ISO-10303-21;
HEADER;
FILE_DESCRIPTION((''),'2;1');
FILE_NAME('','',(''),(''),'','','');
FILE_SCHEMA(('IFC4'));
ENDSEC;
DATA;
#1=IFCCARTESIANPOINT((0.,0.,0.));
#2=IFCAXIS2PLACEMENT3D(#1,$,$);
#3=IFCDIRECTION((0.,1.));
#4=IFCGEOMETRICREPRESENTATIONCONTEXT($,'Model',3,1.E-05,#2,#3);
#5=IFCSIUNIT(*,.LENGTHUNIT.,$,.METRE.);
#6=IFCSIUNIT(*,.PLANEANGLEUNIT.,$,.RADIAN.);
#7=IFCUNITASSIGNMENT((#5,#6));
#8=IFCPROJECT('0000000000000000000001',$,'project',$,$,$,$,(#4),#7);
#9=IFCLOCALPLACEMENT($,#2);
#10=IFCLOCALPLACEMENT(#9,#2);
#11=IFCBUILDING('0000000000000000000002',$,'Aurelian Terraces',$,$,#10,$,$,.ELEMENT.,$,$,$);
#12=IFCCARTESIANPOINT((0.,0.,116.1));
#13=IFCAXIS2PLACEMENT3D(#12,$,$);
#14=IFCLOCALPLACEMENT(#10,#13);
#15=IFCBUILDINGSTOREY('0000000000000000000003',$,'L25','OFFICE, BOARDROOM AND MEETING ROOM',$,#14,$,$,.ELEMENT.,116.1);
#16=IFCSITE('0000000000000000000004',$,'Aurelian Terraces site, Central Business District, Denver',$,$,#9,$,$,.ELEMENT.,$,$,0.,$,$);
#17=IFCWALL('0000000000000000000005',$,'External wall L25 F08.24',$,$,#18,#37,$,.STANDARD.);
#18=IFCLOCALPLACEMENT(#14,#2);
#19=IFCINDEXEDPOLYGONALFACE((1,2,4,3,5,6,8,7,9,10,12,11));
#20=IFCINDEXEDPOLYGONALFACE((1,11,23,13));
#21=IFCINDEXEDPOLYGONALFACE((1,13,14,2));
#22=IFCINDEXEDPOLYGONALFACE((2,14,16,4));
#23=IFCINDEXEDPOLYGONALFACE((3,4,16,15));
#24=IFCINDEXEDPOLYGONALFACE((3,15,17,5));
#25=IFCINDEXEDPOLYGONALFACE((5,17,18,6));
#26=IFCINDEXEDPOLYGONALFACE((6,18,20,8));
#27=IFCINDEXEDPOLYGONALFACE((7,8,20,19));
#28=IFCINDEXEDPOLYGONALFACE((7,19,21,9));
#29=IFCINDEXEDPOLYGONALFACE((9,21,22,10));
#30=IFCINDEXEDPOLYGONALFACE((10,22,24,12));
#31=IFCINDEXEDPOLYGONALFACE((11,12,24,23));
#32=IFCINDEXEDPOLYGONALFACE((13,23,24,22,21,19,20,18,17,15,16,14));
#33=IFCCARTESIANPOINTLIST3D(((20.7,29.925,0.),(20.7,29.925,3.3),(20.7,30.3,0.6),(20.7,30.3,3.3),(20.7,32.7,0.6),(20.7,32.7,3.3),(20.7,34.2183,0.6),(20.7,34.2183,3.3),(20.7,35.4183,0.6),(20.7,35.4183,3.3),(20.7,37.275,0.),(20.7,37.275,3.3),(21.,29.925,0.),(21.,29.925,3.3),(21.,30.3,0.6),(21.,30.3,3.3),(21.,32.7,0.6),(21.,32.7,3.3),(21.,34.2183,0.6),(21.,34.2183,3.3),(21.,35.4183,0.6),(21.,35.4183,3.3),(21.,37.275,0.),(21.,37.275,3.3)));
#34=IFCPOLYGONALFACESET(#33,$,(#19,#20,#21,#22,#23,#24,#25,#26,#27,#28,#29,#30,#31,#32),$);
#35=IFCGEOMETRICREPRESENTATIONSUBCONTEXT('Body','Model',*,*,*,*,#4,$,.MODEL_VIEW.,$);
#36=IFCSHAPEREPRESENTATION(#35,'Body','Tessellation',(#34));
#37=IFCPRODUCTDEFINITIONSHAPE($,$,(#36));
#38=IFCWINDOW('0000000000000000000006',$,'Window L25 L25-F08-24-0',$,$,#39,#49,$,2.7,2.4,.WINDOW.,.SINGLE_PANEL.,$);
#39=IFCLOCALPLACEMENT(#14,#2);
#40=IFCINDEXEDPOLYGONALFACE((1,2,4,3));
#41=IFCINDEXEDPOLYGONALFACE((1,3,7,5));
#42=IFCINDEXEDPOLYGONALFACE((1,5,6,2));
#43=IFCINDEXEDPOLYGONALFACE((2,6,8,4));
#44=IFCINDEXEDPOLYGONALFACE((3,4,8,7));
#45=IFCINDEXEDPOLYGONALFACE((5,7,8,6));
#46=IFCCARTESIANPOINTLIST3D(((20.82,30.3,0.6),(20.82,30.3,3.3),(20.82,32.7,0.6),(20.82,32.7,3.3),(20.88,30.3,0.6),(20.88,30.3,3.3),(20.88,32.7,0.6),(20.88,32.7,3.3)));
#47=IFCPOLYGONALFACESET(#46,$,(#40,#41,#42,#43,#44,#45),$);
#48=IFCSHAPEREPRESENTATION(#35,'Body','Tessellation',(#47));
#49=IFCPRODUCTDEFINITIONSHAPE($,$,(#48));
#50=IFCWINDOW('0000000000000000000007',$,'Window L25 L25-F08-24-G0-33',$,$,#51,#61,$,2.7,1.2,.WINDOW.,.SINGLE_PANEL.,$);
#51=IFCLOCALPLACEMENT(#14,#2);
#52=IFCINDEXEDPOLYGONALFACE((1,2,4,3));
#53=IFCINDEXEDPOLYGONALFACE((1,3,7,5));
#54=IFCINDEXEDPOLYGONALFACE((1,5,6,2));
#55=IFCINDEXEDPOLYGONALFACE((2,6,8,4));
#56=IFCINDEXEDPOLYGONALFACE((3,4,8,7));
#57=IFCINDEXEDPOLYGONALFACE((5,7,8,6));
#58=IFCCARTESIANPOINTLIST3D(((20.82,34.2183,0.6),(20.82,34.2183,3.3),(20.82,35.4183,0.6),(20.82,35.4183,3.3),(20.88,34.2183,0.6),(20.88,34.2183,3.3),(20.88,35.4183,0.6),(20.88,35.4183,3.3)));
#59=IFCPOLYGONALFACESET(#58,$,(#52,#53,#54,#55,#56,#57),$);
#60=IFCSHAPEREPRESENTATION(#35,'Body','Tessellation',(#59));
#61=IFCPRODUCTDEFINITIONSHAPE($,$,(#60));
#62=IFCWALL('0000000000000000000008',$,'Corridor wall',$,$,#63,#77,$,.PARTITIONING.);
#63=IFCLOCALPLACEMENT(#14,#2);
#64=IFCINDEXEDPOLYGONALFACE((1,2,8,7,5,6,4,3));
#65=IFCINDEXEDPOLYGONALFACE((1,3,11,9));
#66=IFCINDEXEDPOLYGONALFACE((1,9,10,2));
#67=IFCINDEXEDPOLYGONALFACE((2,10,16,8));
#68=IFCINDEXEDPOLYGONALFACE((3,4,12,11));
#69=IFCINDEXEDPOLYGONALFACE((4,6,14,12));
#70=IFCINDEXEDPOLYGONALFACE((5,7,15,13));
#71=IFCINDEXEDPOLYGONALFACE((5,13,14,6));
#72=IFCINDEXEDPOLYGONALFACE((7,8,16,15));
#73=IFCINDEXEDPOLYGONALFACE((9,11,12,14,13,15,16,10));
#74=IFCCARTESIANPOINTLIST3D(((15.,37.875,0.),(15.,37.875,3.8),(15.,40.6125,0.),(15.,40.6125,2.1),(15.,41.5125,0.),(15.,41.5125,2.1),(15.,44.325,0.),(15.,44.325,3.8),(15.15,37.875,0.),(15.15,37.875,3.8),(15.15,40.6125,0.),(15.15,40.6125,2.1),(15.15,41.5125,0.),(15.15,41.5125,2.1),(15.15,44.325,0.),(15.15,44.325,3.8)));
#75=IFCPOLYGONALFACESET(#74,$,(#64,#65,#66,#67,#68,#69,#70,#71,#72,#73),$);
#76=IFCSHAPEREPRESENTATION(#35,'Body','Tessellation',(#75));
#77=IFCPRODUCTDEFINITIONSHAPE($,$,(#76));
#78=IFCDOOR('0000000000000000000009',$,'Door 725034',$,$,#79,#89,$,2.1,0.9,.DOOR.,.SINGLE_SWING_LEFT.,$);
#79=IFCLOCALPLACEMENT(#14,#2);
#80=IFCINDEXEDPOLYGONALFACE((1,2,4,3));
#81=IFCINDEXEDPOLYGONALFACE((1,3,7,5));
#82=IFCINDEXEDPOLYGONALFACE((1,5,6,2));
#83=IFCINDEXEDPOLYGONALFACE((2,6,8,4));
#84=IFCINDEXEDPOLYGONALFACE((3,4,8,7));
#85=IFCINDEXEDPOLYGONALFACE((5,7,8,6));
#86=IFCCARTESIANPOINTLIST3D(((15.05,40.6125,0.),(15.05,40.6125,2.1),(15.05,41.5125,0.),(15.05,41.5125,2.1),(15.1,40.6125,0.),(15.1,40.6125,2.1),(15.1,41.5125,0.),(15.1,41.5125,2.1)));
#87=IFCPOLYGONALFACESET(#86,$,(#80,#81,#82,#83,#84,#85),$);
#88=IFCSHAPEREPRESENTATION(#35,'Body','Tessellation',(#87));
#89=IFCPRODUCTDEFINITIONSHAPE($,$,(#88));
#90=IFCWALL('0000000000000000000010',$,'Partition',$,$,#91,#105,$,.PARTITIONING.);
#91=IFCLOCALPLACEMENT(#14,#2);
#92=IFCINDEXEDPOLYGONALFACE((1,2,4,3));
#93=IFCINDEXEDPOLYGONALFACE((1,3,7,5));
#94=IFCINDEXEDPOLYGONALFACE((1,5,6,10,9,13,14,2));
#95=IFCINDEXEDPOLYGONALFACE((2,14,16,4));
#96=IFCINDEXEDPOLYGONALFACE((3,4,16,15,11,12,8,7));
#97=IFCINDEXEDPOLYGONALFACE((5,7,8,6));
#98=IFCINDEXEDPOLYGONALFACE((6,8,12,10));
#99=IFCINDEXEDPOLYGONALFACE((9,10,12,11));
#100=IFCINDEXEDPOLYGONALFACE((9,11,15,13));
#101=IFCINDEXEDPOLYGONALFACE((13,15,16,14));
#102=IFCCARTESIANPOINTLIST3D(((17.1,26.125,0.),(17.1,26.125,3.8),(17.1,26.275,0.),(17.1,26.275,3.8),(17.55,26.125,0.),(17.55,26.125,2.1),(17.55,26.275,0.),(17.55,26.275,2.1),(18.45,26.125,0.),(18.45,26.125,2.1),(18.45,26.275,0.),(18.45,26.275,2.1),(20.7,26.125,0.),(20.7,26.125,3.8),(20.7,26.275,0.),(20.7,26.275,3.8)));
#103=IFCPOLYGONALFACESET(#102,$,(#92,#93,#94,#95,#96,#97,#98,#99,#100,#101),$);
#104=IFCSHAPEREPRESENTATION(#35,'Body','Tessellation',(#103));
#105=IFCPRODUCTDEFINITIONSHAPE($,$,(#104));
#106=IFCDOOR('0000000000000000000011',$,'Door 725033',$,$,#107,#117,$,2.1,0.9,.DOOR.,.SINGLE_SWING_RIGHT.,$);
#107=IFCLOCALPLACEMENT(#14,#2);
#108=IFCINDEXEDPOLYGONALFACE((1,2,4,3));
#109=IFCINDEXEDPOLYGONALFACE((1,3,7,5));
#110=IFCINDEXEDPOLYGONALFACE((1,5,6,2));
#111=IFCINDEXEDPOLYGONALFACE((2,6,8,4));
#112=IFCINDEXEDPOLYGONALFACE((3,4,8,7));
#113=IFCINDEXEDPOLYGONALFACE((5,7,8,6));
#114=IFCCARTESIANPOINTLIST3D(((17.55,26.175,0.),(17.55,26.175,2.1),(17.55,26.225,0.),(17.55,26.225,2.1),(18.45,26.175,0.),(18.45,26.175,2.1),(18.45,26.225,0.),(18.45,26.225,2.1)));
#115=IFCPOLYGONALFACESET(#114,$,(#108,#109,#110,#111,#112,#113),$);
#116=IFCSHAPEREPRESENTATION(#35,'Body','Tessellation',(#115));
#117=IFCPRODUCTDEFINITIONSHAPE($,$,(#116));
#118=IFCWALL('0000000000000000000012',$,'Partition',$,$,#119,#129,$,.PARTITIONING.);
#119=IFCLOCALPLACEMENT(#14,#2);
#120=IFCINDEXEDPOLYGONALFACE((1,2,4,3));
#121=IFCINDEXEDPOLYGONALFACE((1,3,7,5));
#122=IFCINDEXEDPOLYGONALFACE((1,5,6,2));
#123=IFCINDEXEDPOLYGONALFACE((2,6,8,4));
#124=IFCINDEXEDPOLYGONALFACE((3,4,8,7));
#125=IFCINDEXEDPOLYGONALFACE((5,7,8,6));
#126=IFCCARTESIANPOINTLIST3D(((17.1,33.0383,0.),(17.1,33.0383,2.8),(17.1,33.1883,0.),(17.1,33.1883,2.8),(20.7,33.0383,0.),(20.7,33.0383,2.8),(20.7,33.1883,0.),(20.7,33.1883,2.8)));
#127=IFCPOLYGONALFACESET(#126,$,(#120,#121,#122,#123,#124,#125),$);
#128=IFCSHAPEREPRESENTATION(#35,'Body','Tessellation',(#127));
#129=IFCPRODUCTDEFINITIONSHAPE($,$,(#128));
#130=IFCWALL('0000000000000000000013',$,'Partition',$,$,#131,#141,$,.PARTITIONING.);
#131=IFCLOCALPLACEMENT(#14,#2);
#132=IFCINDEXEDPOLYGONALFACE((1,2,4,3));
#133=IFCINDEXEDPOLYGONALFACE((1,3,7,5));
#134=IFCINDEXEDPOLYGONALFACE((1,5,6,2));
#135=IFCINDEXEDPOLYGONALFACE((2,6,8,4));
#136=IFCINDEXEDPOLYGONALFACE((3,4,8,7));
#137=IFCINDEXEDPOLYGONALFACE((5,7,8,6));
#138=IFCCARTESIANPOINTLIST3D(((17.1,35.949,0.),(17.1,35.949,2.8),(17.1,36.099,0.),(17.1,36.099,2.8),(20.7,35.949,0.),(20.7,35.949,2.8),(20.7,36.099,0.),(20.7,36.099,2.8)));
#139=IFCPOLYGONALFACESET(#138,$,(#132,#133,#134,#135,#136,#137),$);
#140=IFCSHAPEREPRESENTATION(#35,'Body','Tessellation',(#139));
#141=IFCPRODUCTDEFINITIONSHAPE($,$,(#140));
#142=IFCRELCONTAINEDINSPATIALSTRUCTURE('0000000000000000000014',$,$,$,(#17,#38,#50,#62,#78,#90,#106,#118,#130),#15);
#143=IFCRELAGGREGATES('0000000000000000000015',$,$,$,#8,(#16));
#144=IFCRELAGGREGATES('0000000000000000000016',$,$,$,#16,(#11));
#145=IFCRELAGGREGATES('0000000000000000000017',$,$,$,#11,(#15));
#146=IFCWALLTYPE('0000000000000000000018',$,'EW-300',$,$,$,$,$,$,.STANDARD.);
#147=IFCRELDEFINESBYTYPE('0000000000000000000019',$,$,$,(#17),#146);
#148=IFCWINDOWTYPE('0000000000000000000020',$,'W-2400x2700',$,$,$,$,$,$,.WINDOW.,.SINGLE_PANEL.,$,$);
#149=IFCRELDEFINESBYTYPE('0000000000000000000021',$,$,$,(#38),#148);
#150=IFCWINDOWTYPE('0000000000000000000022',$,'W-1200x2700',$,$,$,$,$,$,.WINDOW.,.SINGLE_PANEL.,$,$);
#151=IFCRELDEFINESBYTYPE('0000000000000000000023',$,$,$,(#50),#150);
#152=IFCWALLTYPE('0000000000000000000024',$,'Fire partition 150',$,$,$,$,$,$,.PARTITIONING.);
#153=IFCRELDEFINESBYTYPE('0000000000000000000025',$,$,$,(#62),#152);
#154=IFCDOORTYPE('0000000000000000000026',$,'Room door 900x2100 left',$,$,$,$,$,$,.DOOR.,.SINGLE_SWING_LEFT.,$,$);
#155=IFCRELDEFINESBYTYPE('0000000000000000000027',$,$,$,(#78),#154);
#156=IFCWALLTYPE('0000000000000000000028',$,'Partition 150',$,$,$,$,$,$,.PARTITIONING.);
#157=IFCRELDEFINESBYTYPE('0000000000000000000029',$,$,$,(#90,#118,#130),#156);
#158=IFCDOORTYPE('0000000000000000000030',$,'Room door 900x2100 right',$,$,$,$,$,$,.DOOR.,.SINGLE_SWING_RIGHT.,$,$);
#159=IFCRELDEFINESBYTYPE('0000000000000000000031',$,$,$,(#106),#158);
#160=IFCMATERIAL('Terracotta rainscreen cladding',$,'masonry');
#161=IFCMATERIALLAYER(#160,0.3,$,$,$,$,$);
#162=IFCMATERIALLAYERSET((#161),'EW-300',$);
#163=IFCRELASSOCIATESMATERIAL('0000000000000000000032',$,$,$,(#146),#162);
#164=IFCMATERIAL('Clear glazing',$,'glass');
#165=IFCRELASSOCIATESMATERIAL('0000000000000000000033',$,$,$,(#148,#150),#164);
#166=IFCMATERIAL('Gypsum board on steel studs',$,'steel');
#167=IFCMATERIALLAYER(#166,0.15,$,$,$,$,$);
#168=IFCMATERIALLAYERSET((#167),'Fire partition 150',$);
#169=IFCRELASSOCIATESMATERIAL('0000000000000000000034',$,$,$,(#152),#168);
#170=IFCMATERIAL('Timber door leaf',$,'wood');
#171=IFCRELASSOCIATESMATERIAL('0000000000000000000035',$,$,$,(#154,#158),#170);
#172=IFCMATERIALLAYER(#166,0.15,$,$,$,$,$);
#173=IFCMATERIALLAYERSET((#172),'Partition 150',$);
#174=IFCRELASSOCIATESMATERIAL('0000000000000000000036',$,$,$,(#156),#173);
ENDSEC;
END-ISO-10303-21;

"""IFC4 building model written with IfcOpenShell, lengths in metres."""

from ifc_helpers import new_model, si_unit, direction, frame, frame_2d, origin, place, context, subcontext, project, spatial, rectangle, extrude, source, transform, mapped, material, layer, layer_set, type_object, element, fill, save


model = new_model("IFC4")

# Units and contexts
model_context = context("Model", 3, precision=1e-05, world=origin(), true_north=direction((0.0, 1.0)))
body_context = subcontext(model_context, "Body", "Model", "MODEL_VIEW")
ifc_project = project(units=[si_unit("LENGTHUNIT", "METRE"), si_unit("PLANEANGLEUNIT", "RADIAN")], contexts=[model_context])

# Site, building, storey
site_placement = place(None, origin())
site = spatial("IfcSite", under=ifc_project, at=site_placement, Name="Aurelian Terraces site, Central Business District, Denver", CompositionType="ELEMENT", RefElevation=0.0)
building_placement = place(site_placement, origin())
building = spatial("IfcBuilding", under=site, at=building_placement, Name="Aurelian Terraces", CompositionType="ELEMENT")
storey_placement = place(building_placement, frame((0.0, 0.0, 116.1)))
storey = spatial("IfcBuildingStorey", under=building, at=storey_placement, Name="L25", Description="OFFICE, BOARDROOM AND MEETING ROOM", CompositionType="ELEMENT", Elevation=116.1)

# Wall, openings, windows
ifc_material_1 = material(Name="Terracotta rainscreen cladding", Category="masonry")
ifc_layer_1 = layer(ifc_material_1, 0.3)
ifc_layer_set_1 = layer_set([ifc_layer_1], Name="EW-300")
wall_type_1 = type_object("IfcWallType", Name="EW-300", PredefinedType="STANDARD", material=ifc_layer_set_1)
shared_shape_1 = source(origin(), body_context, "Body", "SweptSolid", [
    extrude(rectangle(XDim=1.2, YDim=2.7, at=frame_2d((0.6, 1.35))), frame((0.0, 0.16, 0.0), z_axis=(0.0, -1.0, 0.0), x_axis=(1.0, 0.0, 0.0)), (0.0, 0.0, 1.0), 0.32),
])
shared_shape_2 = source(origin(), body_context, "Body", "SweptSolid", [
    extrude(rectangle(XDim=2.4, YDim=2.7, at=frame_2d((1.2, 1.35))), frame((0.0, 0.16, 0.0), z_axis=(0.0, -1.0, 0.0), x_axis=(1.0, 0.0, 0.0)), (0.0, 0.0, 1.0), 0.32),
])
ifc_material_2 = material(Name="Clear glazing", Category="glass")
window_type_1 = type_object("IfcWindowType", Name="W-2400x2700", PartitioningType="SINGLE_PANEL", PredefinedType="WINDOW", material=ifc_material_2)
shared_shape_3 = source(origin(), body_context, "Body", "SweptSolid", [
    extrude(rectangle(XDim=2.4, YDim=2.7, at=frame_2d((1.2, 1.35))), frame((0.0, 0.03, 0.0), z_axis=(0.0, -1.0, 0.0), x_axis=(1.0, 0.0, 0.0)), (0.0, 0.0, 1.0), 0.06),
])
window_type_2 = type_object("IfcWindowType", Name="W-1200x2700", PartitioningType="SINGLE_PANEL", PredefinedType="WINDOW", material=ifc_material_2)
shared_shape_4 = source(origin(), body_context, "Body", "SweptSolid", [
    extrude(rectangle(XDim=1.2, YDim=2.7, at=frame_2d((0.6, 1.35))), frame((0.0, 0.03, 0.0), z_axis=(0.0, -1.0, 0.0), x_axis=(1.0, 0.0, 0.0)), (0.0, 0.0, 1.0), 0.06),
])
shared_shape_5 = source(origin(), body_context, "Body", "SweptSolid", [
    extrude(rectangle(XDim=7.35, YDim=0.3, at=frame_2d((3.675, 0.0))), origin(), (0.0, 0.0, 1.0), 3.3),
])
wall_1_placement = place(storey_placement, frame((20.85, 29.925, 0.0), z_axis=(0.0, 0.0, 1.0), x_axis=(0.0, 1.0, 0.0)))
wall_1 = element("IfcWall", 1, at=wall_1_placement, inside=storey, type_object=wall_type_1, Name="External wall L25 F08.24", PredefinedType="STANDARD", context=body_context, shape_type="MappedRepresentation", body=[
    mapped(shared_shape_5, transform((0.0, 0.0, 0.0), scale=1.0)),
])
opening_1_placement = place(wall_1_placement, frame((0.375, 0.0, 0.6)))
opening_1 = element("IfcOpeningElement", 2, at=opening_1_placement, cuts=wall_1, PredefinedType="OPENING", context=body_context, shape_type="MappedRepresentation", body=[
    mapped(shared_shape_2, transform((0.0, 0.0, 0.0), scale=1.0)),
])
opening_2_placement = place(wall_1_placement, frame((4.2933, 0.0, 0.6)))
opening_2 = element("IfcOpeningElement", 3, at=opening_2_placement, cuts=wall_1, PredefinedType="OPENING", context=body_context, shape_type="MappedRepresentation", body=[
    mapped(shared_shape_1, transform((0.0, 0.0, 0.0), scale=1.0)),
])
window_1_placement = place(opening_1_placement, origin())
window_1 = element("IfcWindow", 4, at=window_1_placement, inside=storey, type_object=window_type_1, Name="Window L25 L25-F08-24-0", OverallHeight=2.7, OverallWidth=2.4, PartitioningType="SINGLE_PANEL", PredefinedType="WINDOW", context=body_context, shape_type="MappedRepresentation", body=[
    mapped(shared_shape_3, transform((0.0, 0.0, 0.0), scale=1.0)),
])
fill(opening_1, window_1)
window_2_placement = place(opening_2_placement, origin())
window_2 = element("IfcWindow", 5, at=window_2_placement, inside=storey, type_object=window_type_2, Name="Window L25 L25-F08-24-G0-33", OverallHeight=2.7, OverallWidth=1.2, PartitioningType="SINGLE_PANEL", PredefinedType="WINDOW", context=body_context, shape_type="MappedRepresentation", body=[
    mapped(shared_shape_4, transform((0.0, 0.0, 0.0), scale=1.0)),
])
fill(opening_2, window_2)

# Walls, openings, doors
ifc_material_3 = material(Name="Gypsum board on steel studs", Category="steel")
ifc_layer_2 = layer(ifc_material_3, 0.15)
ifc_layer_set_2 = layer_set([ifc_layer_2], Name="Fire partition 150")
wall_type_2 = type_object("IfcWallType", Name="Fire partition 150", PredefinedType="PARTITIONING", material=ifc_layer_set_2)
shared_shape_6 = source(origin(), body_context, "Body", "SweptSolid", [
    extrude(rectangle(XDim=6.45, YDim=0.15, at=frame_2d((3.225, 0.0))), origin(), (0.0, 0.0, 1.0), 3.8),
])
wall_2_placement = place(storey_placement, frame((15.075, 37.875, 0.0), z_axis=(0.0, 0.0, 1.0), x_axis=(0.0, 1.0, 0.0)))
wall_2 = element("IfcWall", 6, at=wall_2_placement, inside=storey, type_object=wall_type_2, Name="Corridor wall", PredefinedType="PARTITIONING", context=body_context, shape_type="MappedRepresentation", body=[
    mapped(shared_shape_6, transform((0.0, 0.0, 0.0), scale=1.0)),
])
shared_shape_7 = source(origin(), body_context, "Body", "SweptSolid", [
    extrude(rectangle(XDim=0.9, YDim=2.1, at=frame_2d((0.45, 1.05))), frame((0.0, 0.085, 0.0), z_axis=(0.0, -1.0, 0.0), x_axis=(1.0, 0.0, 0.0)), (0.0, 0.0, 1.0), 0.17),
])
opening_3_placement = place(wall_2_placement, frame((2.7375, 0.0, 0.0)))
opening_3 = element("IfcOpeningElement", 7, at=opening_3_placement, cuts=wall_2, PredefinedType="OPENING", context=body_context, shape_type="MappedRepresentation", body=[
    mapped(shared_shape_7, transform((0.0, 0.0, 0.0), scale=1.0)),
])
ifc_material_4 = material(Name="Timber door leaf", Category="wood")
door_type_1 = type_object("IfcDoorType", Name="Room door 900x2100 left", OperationType="SINGLE_SWING_LEFT", PredefinedType="DOOR", material=ifc_material_4)
shared_shape_8 = source(origin(), body_context, "Body", "SweptSolid", [
    extrude(rectangle(XDim=0.9, YDim=2.1, at=frame_2d((0.45, 1.05))), frame((0.0, 0.025, 0.0), z_axis=(0.0, -1.0, 0.0), x_axis=(1.0, 0.0, 0.0)), (0.0, 0.0, 1.0), 0.05),
])
door_1_placement = place(opening_3_placement, origin())
door_1 = element("IfcDoor", 8, at=door_1_placement, inside=storey, type_object=door_type_1, Name="Door 725034", OperationType="SINGLE_SWING_LEFT", OverallHeight=2.1, OverallWidth=0.9, PredefinedType="DOOR", context=body_context, shape_type="MappedRepresentation", body=[
    mapped(shared_shape_8, transform((0.0, 0.0, 0.0), scale=1.0)),
])
fill(opening_3, door_1)
ifc_layer_3 = layer(ifc_material_3, 0.15)
ifc_layer_set_3 = layer_set([ifc_layer_3], Name="Partition 150")
wall_type_3 = type_object("IfcWallType", Name="Partition 150", PredefinedType="PARTITIONING", material=ifc_layer_set_3)
shared_shape_9 = source(origin(), body_context, "Body", "SweptSolid", [
    extrude(rectangle(XDim=3.6, YDim=0.15, at=frame_2d((1.8, 0.0))), origin(), (0.0, 0.0, 1.0), 3.8),
])
wall_3_placement = place(storey_placement, frame((17.1, 26.2, 0.0), z_axis=(0.0, 0.0, 1.0), x_axis=(1.0, 0.0, 0.0)))
wall_3 = element("IfcWall", 9, at=wall_3_placement, inside=storey, type_object=wall_type_3, Name="Partition", PredefinedType="PARTITIONING", context=body_context, shape_type="MappedRepresentation", body=[
    mapped(shared_shape_9, transform((0.0, 0.0, 0.0), scale=1.0)),
])
opening_4_placement = place(wall_3_placement, frame((0.45, 0.0, 0.0)))
opening_4 = element("IfcOpeningElement", 10, at=opening_4_placement, cuts=wall_3, PredefinedType="OPENING", context=body_context, shape_type="MappedRepresentation", body=[
    mapped(shared_shape_7, transform((0.0, 0.0, 0.0), scale=1.0)),
])
door_type_2 = type_object("IfcDoorType", Name="Room door 900x2100 right", OperationType="SINGLE_SWING_RIGHT", PredefinedType="DOOR", material=ifc_material_4)
door_2_placement = place(opening_4_placement, origin())
door_2 = element("IfcDoor", 11, at=door_2_placement, inside=storey, type_object=door_type_2, Name="Door 725033", OperationType="SINGLE_SWING_RIGHT", OverallHeight=2.1, OverallWidth=0.9, PredefinedType="DOOR", context=body_context, shape_type="MappedRepresentation", body=[
    mapped(shared_shape_8, transform((0.0, 0.0, 0.0), scale=1.0)),
])
fill(opening_4, door_2)

# Walls
shared_shape_10 = source(origin(), body_context, "Body", "SweptSolid", [
    extrude(rectangle(XDim=3.6, YDim=0.15, at=frame_2d((1.8, 0.0))), origin(), (0.0, 0.0, 1.0), 2.8),
])
for number, where, z_axis, x_axis, name in (
    (12, (17.1, 33.1133, 0.0), (0.0, 0.0, 1.0), (1.0, 0.0, 0.0), "Partition"),
    (13, (17.1, 36.024, 0.0), (0.0, 0.0, 1.0), (1.0, 0.0, 0.0), "Partition"),
):
    element("IfcWall", number, at=place(storey_placement, frame(where, z_axis=z_axis, x_axis=x_axis)), inside=storey, type_object=wall_type_3, Name=name, PredefinedType="PARTITIONING", context=body_context, shape_type="MappedRepresentation", body=[
        mapped(shared_shape_10, transform((0.0, 0.0, 0.0), scale=1.0)),
    ])

save(model, "model.ifc")
